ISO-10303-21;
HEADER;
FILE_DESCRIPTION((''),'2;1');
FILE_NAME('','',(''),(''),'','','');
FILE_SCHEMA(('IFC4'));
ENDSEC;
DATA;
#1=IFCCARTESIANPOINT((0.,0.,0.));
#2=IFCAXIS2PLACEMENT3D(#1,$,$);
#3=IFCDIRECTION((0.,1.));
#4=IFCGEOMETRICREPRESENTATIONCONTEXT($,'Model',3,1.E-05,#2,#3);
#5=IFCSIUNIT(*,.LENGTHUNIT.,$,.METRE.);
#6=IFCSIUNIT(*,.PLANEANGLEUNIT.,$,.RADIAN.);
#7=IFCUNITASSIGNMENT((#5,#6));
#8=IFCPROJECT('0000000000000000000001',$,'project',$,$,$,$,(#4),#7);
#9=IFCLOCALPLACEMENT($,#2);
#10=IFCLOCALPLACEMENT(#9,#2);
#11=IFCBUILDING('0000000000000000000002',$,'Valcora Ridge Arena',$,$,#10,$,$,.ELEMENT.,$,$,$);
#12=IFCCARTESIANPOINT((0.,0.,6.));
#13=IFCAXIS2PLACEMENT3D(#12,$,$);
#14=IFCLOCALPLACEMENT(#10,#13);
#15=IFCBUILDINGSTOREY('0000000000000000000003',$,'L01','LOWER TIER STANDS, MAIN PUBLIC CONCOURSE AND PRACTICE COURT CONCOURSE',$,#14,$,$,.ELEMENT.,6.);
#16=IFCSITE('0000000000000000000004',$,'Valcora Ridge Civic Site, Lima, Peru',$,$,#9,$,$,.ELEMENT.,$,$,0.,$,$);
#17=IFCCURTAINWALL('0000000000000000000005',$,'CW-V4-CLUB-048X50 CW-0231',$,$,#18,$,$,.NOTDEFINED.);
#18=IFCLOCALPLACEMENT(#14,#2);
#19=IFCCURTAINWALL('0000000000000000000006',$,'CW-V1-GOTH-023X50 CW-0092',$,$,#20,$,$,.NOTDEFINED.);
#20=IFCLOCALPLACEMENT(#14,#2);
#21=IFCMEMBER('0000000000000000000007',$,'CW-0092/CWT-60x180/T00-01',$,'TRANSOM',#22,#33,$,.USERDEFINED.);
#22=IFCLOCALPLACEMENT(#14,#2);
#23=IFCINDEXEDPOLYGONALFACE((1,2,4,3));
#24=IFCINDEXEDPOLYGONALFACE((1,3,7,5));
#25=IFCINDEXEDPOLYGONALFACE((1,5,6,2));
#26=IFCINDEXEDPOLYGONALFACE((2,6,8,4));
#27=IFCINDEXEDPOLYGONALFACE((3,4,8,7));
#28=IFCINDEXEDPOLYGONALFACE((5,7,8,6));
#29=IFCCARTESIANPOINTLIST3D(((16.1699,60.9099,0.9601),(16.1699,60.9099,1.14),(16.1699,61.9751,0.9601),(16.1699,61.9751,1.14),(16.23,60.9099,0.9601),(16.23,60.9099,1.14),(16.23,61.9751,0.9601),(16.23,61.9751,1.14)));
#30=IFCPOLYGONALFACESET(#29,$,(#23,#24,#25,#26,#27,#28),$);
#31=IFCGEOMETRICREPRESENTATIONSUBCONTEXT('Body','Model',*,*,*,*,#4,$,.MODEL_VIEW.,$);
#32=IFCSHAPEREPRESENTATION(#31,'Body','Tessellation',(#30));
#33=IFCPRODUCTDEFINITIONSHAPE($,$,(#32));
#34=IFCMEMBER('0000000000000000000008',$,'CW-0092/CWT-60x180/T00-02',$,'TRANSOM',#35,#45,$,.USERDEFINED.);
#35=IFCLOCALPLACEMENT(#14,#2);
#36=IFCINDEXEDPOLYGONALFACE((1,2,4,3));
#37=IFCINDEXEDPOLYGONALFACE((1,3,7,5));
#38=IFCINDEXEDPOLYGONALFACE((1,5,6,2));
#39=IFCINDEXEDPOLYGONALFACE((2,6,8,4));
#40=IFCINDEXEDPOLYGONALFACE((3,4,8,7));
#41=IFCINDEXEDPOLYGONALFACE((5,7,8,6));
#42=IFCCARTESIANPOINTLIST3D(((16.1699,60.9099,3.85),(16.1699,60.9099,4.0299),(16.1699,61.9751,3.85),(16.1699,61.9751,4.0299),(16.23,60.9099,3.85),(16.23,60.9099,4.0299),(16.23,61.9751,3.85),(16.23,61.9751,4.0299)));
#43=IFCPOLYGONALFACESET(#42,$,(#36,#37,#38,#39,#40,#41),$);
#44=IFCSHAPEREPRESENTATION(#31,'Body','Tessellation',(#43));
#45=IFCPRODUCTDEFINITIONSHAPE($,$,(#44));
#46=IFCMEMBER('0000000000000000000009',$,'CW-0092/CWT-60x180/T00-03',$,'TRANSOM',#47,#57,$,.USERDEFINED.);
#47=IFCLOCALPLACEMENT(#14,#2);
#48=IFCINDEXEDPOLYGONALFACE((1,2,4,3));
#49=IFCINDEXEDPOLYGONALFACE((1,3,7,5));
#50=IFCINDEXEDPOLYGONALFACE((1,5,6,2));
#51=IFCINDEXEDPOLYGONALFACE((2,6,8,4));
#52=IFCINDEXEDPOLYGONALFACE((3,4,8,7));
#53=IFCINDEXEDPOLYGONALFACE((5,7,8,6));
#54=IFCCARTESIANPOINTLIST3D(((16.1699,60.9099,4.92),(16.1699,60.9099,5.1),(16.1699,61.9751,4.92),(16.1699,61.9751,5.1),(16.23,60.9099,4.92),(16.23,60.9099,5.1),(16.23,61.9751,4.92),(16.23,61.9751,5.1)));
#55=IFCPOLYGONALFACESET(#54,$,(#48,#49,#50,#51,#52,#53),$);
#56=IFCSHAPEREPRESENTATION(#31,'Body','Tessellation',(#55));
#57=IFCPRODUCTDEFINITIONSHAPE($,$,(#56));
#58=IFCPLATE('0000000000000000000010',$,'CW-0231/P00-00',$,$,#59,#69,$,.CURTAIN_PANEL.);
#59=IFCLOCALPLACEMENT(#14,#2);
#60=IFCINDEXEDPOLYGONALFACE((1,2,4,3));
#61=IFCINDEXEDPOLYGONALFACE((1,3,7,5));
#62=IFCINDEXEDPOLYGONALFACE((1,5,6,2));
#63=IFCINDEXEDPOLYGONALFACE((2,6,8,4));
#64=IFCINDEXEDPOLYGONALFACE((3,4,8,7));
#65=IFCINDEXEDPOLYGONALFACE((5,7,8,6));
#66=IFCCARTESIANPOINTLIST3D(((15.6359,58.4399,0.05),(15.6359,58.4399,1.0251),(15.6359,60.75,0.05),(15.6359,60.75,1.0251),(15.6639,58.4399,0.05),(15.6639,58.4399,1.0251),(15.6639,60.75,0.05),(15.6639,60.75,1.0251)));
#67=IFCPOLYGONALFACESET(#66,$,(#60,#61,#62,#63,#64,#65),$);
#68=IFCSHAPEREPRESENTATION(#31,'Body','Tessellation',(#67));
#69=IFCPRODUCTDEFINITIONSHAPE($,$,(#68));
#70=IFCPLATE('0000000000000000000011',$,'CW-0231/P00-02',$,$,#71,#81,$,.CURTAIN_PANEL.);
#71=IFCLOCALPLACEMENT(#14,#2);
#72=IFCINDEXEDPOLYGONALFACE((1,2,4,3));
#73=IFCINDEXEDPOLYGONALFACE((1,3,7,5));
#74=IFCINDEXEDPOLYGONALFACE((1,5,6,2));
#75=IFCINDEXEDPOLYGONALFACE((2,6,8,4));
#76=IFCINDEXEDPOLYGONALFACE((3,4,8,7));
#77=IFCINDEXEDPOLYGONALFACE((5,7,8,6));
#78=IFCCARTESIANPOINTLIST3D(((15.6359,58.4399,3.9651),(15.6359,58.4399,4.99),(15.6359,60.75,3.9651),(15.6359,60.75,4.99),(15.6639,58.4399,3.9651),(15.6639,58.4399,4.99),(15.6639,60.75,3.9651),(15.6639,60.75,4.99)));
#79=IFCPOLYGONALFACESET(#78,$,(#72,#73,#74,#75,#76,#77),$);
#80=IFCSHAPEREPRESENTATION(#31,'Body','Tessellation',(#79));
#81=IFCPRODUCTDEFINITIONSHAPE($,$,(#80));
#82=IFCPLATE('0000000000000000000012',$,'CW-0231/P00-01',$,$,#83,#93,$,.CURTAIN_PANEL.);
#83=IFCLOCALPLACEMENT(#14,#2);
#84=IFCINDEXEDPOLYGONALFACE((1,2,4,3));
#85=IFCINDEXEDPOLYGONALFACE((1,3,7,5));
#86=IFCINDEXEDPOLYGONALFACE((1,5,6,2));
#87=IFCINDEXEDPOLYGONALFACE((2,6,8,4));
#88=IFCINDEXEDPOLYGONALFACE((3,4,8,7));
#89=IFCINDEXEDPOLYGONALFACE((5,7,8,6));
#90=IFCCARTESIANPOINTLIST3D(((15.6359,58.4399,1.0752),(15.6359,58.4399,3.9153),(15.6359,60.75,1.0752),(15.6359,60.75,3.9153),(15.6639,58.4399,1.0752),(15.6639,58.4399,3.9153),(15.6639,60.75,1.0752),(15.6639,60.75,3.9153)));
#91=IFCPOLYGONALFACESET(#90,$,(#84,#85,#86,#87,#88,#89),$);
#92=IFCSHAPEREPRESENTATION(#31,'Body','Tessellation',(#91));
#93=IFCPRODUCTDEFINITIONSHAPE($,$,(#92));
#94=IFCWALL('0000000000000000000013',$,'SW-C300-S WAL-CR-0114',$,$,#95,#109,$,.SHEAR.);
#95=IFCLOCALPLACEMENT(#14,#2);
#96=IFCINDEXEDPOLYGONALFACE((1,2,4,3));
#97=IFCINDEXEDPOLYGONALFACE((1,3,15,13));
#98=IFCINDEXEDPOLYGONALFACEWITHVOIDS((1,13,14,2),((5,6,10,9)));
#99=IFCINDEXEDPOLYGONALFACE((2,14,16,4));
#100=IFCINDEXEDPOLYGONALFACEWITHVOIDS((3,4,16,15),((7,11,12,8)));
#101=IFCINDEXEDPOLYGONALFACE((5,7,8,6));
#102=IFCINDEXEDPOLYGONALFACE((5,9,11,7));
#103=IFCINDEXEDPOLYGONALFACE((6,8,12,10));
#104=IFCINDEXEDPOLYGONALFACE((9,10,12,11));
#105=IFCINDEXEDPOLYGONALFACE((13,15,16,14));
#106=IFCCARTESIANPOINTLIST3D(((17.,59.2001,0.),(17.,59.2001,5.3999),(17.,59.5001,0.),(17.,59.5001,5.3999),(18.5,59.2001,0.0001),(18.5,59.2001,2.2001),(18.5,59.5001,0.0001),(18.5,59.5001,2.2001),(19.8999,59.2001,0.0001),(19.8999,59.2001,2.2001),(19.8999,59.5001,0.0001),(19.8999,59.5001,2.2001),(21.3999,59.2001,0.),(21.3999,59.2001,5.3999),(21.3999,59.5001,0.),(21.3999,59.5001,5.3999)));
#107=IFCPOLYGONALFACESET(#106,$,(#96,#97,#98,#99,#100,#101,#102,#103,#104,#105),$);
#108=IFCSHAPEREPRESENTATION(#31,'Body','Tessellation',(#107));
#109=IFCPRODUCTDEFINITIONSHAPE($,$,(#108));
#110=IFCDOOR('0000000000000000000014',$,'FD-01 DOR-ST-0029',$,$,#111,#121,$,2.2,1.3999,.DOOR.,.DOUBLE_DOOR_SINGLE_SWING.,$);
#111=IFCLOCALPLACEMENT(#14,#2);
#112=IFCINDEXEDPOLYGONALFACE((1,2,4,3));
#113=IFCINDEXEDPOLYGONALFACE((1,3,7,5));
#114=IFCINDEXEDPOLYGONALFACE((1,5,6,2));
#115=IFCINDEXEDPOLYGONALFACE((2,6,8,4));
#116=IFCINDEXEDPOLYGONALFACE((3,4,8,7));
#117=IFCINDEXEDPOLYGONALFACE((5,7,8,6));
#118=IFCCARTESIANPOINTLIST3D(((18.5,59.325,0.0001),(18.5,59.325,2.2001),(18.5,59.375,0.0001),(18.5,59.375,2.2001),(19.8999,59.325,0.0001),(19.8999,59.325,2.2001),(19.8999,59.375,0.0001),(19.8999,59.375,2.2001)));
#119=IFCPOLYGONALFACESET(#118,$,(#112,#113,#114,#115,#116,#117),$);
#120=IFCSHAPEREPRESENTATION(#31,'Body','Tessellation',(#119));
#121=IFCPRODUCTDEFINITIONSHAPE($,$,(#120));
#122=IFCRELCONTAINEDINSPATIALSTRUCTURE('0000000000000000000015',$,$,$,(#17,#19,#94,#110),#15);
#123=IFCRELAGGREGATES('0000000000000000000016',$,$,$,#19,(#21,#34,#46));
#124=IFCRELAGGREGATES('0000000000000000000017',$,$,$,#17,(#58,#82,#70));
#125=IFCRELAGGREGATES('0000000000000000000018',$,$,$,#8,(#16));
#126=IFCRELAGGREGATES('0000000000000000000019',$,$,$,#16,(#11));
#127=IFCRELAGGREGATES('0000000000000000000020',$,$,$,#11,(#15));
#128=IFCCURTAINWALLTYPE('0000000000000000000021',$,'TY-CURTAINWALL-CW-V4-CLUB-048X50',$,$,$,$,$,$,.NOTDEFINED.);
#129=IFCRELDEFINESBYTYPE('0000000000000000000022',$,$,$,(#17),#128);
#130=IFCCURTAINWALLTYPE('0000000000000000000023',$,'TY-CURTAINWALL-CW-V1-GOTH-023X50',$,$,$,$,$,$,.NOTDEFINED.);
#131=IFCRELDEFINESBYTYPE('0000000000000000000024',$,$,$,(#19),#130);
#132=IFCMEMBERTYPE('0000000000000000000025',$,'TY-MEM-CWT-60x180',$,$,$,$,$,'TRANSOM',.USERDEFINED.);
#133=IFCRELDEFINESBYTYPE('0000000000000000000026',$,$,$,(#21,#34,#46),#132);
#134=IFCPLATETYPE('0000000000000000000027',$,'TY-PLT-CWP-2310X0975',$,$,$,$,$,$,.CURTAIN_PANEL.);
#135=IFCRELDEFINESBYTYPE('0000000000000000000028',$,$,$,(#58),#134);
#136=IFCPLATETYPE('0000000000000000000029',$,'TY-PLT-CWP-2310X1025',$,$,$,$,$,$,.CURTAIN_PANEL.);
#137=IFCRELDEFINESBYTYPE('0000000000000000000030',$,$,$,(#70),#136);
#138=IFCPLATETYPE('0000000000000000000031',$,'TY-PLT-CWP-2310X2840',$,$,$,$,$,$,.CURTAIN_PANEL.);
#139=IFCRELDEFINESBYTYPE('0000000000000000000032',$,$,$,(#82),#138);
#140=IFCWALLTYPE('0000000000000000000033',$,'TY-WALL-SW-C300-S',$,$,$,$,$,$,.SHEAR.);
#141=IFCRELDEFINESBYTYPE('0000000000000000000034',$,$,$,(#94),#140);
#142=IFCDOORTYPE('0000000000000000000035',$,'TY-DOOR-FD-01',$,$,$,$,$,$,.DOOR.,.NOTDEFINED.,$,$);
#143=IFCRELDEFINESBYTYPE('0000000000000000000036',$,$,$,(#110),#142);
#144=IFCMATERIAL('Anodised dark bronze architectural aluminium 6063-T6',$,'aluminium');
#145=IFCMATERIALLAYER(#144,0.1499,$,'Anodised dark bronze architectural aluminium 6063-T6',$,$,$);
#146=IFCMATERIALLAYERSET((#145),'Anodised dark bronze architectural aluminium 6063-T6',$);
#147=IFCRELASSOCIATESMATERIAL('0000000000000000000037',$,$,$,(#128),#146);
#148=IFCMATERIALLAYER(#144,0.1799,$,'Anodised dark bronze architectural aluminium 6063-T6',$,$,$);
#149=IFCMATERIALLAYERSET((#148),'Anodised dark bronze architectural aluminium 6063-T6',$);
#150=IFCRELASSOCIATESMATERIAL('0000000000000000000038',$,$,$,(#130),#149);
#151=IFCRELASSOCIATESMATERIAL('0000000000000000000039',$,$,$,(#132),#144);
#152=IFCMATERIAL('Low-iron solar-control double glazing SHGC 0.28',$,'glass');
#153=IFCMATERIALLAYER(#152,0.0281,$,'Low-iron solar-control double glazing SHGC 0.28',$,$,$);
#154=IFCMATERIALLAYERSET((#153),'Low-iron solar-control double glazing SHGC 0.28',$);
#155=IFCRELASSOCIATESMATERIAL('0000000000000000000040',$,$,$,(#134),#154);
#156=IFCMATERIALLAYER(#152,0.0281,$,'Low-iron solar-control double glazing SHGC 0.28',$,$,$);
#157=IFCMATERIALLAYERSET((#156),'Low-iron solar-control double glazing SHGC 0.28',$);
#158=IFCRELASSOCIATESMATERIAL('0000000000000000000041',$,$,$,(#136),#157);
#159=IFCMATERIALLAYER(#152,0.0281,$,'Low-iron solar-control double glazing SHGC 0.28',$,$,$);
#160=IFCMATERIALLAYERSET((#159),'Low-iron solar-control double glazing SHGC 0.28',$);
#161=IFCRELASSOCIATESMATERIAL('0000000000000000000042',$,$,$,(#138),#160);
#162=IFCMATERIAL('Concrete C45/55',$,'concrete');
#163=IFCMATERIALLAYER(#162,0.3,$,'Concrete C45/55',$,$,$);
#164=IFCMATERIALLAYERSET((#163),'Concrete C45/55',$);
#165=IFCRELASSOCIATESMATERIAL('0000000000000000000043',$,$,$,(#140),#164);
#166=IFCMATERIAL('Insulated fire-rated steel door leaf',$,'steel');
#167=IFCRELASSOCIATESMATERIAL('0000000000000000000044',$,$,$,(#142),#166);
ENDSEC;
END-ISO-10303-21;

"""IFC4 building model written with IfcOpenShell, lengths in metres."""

from ifc_helpers import new_model, si_unit, direction, frame, frame_2d, origin, origin_2d, place, context, subcontext, project, spatial, rectangle, extrude, material, layer, layer_set, material_profile, profile_set, type_object, element, fill, aggregate, save


model = new_model("IFC4")

# Units and contexts
model_context = context("Model", 3, precision=1e-05, world=origin(), true_north=direction((0.0, 1.0)))
body_context = subcontext(model_context, "Body", "Model", "MODEL_VIEW")
ifc_project = project(units=[si_unit("LENGTHUNIT", "METRE"), si_unit("PLANEANGLEUNIT", "RADIAN")], contexts=[model_context])

# Site, building, storey
site_placement = place(None, origin())
site = spatial("IfcSite", under=ifc_project, at=site_placement, Name="Valcora Ridge Civic Site, Lima, Peru", CompositionType="ELEMENT", RefElevation=0.0)
building_placement = place(site_placement, origin())
building = spatial("IfcBuilding", under=site, at=building_placement, Name="Valcora Ridge Arena", CompositionType="ELEMENT")
storey_placement = place(building_placement, frame((0.0, 0.0, 6.0)))
storey = spatial("IfcBuildingStorey", under=building, at=storey_placement, Name="L01", Description="LOWER TIER STANDS, MAIN PUBLIC CONCOURSE AND PRACTICE COURT CONCOURSE", CompositionType="ELEMENT", Elevation=6.0)

# Curtain wall
ifc_material_1 = material(Name="Anodised dark bronze architectural aluminium 6063-T6", Category="aluminium")
ifc_layer_1 = layer(ifc_material_1, 0.1499, Name="Anodised dark bronze architectural aluminium 6063-T6")
ifc_layer_set_1 = layer_set([ifc_layer_1], Name="Anodised dark bronze architectural aluminium 6063-T6")
curtain_wall_type_1 = type_object("IfcCurtainWallType", Name="TY-CURTAINWALL-CW-V4-CLUB-048X50", PredefinedType="NOTDEFINED", material=ifc_layer_set_1)
curtain_wall_1_placement = place(storey_placement, origin())
curtain_wall_1 = element("IfcCurtainWall", 1, at=curtain_wall_1_placement, inside=storey, type_object=curtain_wall_type_1, Name="CW-V4-CLUB-048X50 CW-0231", PredefinedType="NOTDEFINED")

# Curtain wall
ifc_layer_2 = layer(ifc_material_1, 0.1799, Name="Anodised dark bronze architectural aluminium 6063-T6")
ifc_layer_set_2 = layer_set([ifc_layer_2], Name="Anodised dark bronze architectural aluminium 6063-T6")
curtain_wall_type_2 = type_object("IfcCurtainWallType", Name="TY-CURTAINWALL-CW-V1-GOTH-023X50", PredefinedType="NOTDEFINED", material=ifc_layer_set_2)
curtain_wall_2_placement = place(storey_placement, origin())
curtain_wall_2 = element("IfcCurtainWall", 2, at=curtain_wall_2_placement, inside=storey, type_object=curtain_wall_type_2, Name="CW-V1-GOTH-023X50 CW-0092", PredefinedType="NOTDEFINED")

# Members
ifc_material_profile_1 = material_profile(ifc_material_1, rectangle(XDim=0.0601, YDim=0.1799, at=origin_2d()), Name="ALU TRANSOM 60x180")
ifc_profile_set_1 = profile_set([ifc_material_profile_1], Name="Anodised dark bronze architectural aluminium 6063-T6")
member_type_1 = type_object("IfcMemberType", Name="TY-MEM-CWT-60x180", ElementType="TRANSOM", PredefinedType="USERDEFINED", material=ifc_profile_set_1)
member_1_placement = place(storey_placement, frame((16.2, 60.9099, 1.05), z_axis=(0.0, 1.0, 0.0), x_axis=(-1.0, 0.0, 0.0)))
member_1 = element("IfcMember", 3, at=member_1_placement, type_object=member_type_1, Name="CW-0092/CWT-60x180/T00-01", ObjectType="TRANSOM", PredefinedType="USERDEFINED", context=body_context, shape_type="SweptSolid", body=[
    extrude(rectangle(XDim=0.0601, YDim=0.1799, at=origin_2d()), origin(), (0.0, 0.0, 1.0), 1.0652),
])
member_2_placement = place(storey_placement, frame((16.2, 60.9099, 3.9399), z_axis=(0.0, 1.0, 0.0), x_axis=(-1.0, 0.0, 0.0)))
member_2 = element("IfcMember", 4, at=member_2_placement, type_object=member_type_1, Name="CW-0092/CWT-60x180/T00-02", ObjectType="TRANSOM", PredefinedType="USERDEFINED", context=body_context, shape_type="SweptSolid", body=[
    extrude(rectangle(XDim=0.0601, YDim=0.1799, at=origin_2d()), origin(), (0.0, 0.0, 1.0), 1.0652),
])
member_3_placement = place(storey_placement, frame((16.2, 60.9099, 5.01), z_axis=(0.0, 1.0, 0.0), x_axis=(-1.0, 0.0, 0.0)))
member_3 = element("IfcMember", 5, at=member_3_placement, type_object=member_type_1, Name="CW-0092/CWT-60x180/T00-03", ObjectType="TRANSOM", PredefinedType="USERDEFINED", context=body_context, shape_type="SweptSolid", body=[
    extrude(rectangle(XDim=0.0601, YDim=0.1799, at=origin_2d()), origin(), (0.0, 0.0, 1.0), 1.0652),
])
aggregate(curtain_wall_2, [member_1, member_2, member_3])

# Plates
ifc_material_2 = material(Name="Low-iron solar-control double glazing SHGC 0.28", Category="glass")
ifc_layer_3 = layer(ifc_material_2, 0.0281, Name="Low-iron solar-control double glazing SHGC 0.28")
ifc_layer_set_3 = layer_set([ifc_layer_3], Name="Low-iron solar-control double glazing SHGC 0.28")
plate_type_1 = type_object("IfcPlateType", Name="TY-PLT-CWP-2310X0975", PredefinedType="CURTAIN_PANEL", material=ifc_layer_set_3)
plate_1_placement = place(storey_placement, frame((15.6499, 59.595, 0.05), z_axis=(0.0, 0.0, 1.0), x_axis=(0.0, 1.0, 0.0)))
plate_1 = element("IfcPlate", 6, at=plate_1_placement, type_object=plate_type_1, Name="CW-0231/P00-00", PredefinedType="CURTAIN_PANEL", context=body_context, shape_type="SweptSolid", body=[
    extrude(rectangle(XDim=2.3101, YDim=0.0281, at=origin_2d()), origin(), (0.0, 0.0, 1.0), 0.9751),
])
ifc_layer_4 = layer(ifc_material_2, 0.0281, Name="Low-iron solar-control double glazing SHGC 0.28")
ifc_layer_set_4 = layer_set([ifc_layer_4], Name="Low-iron solar-control double glazing SHGC 0.28")
plate_type_2 = type_object("IfcPlateType", Name="TY-PLT-CWP-2310X1025", PredefinedType="CURTAIN_PANEL", material=ifc_layer_set_4)
plate_2_placement = place(storey_placement, frame((15.6499, 59.595, 3.9651), z_axis=(0.0, 0.0, 1.0), x_axis=(0.0, 1.0, 0.0)))
plate_2 = element("IfcPlate", 7, at=plate_2_placement, type_object=plate_type_2, Name="CW-0231/P00-02", PredefinedType="CURTAIN_PANEL", context=body_context, shape_type="SweptSolid", body=[
    extrude(rectangle(XDim=2.3101, YDim=0.0281, at=origin_2d()), origin(), (0.0, 0.0, 1.0), 1.0249),
])
ifc_layer_5 = layer(ifc_material_2, 0.0281, Name="Low-iron solar-control double glazing SHGC 0.28")
ifc_layer_set_5 = layer_set([ifc_layer_5], Name="Low-iron solar-control double glazing SHGC 0.28")
plate_type_3 = type_object("IfcPlateType", Name="TY-PLT-CWP-2310X2840", PredefinedType="CURTAIN_PANEL", material=ifc_layer_set_5)
plate_3_placement = place(storey_placement, frame((15.6499, 59.595, 1.0752), z_axis=(0.0, 0.0, 1.0), x_axis=(0.0, 1.0, 0.0)))
plate_3 = element("IfcPlate", 8, at=plate_3_placement, type_object=plate_type_3, Name="CW-0231/P00-01", PredefinedType="CURTAIN_PANEL", context=body_context, shape_type="SweptSolid", body=[
    extrude(rectangle(XDim=2.3101, YDim=0.0281, at=origin_2d()), origin(), (0.0, 0.0, 1.0), 2.8401),
])
aggregate(curtain_wall_1, [plate_1, plate_3, plate_2])

# Wall, opening, door
ifc_material_3 = material(Name="Concrete C45/55", Category="concrete")
ifc_layer_6 = layer(ifc_material_3, 0.3, Name="Concrete C45/55")
ifc_layer_set_6 = layer_set([ifc_layer_6], Name="Concrete C45/55")
wall_type = type_object("IfcWallType", Name="TY-WALL-SW-C300-S", PredefinedType="SHEAR", material=ifc_layer_set_6)
wall_placement = place(storey_placement, frame((17.0, 59.3501, 0.0), z_axis=(0.0, 0.0, 1.0), x_axis=(1.0, 0.0, 0.0)))
wall = element("IfcWall", 9, at=wall_placement, inside=storey, type_object=wall_type, Name="SW-C300-S WAL-CR-0114", PredefinedType="SHEAR", context=body_context, shape_type="SweptSolid", body=[
    extrude(rectangle(XDim=4.3999, YDim=0.3, at=frame_2d((2.2, 0.0))), origin(), (0.0, 0.0, 1.0), 5.3999),
])
opening_placement = place(wall_placement, frame((1.5, 0.0, 0.0)))
opening = element("IfcOpeningElement", 10, at=opening_placement, cuts=wall, PredefinedType="OPENING", context=body_context, shape_type="SweptSolid", body=[
    extrude(rectangle(XDim=1.3999, YDim=2.2, at=frame_2d((0.7, 1.1001))), frame((0.0, 0.1599, 0.0), z_axis=(0.0, -1.0, 0.0), x_axis=(1.0, 0.0, 0.0)), (0.0, 0.0, 1.0), 0.3201),
])
ifc_material_4 = material(Name="Insulated fire-rated steel door leaf", Category="steel")
door_type = type_object("IfcDoorType", Name="TY-DOOR-FD-01", OperationType="NOTDEFINED", PredefinedType="DOOR", material=ifc_material_4)
door_placement = place(opening_placement, origin())
door = element("IfcDoor", 11, at=door_placement, inside=storey, type_object=door_type, Name="FD-01 DOR-ST-0029", OperationType="DOUBLE_DOOR_SINGLE_SWING", OverallHeight=2.2, OverallWidth=1.3999, PredefinedType="DOOR", context=body_context, shape_type="SweptSolid", body=[
    extrude(rectangle(XDim=1.3999, YDim=2.2, at=frame_2d((0.7, 1.1001))), frame((0.0, 0.0249, 0.0), z_axis=(0.0, -1.0, 0.0), x_axis=(1.0, 0.0, 0.0)), (0.0, 0.0, 1.0), 0.05),
])
fill(opening, door)

save(model, "model.ifc")
